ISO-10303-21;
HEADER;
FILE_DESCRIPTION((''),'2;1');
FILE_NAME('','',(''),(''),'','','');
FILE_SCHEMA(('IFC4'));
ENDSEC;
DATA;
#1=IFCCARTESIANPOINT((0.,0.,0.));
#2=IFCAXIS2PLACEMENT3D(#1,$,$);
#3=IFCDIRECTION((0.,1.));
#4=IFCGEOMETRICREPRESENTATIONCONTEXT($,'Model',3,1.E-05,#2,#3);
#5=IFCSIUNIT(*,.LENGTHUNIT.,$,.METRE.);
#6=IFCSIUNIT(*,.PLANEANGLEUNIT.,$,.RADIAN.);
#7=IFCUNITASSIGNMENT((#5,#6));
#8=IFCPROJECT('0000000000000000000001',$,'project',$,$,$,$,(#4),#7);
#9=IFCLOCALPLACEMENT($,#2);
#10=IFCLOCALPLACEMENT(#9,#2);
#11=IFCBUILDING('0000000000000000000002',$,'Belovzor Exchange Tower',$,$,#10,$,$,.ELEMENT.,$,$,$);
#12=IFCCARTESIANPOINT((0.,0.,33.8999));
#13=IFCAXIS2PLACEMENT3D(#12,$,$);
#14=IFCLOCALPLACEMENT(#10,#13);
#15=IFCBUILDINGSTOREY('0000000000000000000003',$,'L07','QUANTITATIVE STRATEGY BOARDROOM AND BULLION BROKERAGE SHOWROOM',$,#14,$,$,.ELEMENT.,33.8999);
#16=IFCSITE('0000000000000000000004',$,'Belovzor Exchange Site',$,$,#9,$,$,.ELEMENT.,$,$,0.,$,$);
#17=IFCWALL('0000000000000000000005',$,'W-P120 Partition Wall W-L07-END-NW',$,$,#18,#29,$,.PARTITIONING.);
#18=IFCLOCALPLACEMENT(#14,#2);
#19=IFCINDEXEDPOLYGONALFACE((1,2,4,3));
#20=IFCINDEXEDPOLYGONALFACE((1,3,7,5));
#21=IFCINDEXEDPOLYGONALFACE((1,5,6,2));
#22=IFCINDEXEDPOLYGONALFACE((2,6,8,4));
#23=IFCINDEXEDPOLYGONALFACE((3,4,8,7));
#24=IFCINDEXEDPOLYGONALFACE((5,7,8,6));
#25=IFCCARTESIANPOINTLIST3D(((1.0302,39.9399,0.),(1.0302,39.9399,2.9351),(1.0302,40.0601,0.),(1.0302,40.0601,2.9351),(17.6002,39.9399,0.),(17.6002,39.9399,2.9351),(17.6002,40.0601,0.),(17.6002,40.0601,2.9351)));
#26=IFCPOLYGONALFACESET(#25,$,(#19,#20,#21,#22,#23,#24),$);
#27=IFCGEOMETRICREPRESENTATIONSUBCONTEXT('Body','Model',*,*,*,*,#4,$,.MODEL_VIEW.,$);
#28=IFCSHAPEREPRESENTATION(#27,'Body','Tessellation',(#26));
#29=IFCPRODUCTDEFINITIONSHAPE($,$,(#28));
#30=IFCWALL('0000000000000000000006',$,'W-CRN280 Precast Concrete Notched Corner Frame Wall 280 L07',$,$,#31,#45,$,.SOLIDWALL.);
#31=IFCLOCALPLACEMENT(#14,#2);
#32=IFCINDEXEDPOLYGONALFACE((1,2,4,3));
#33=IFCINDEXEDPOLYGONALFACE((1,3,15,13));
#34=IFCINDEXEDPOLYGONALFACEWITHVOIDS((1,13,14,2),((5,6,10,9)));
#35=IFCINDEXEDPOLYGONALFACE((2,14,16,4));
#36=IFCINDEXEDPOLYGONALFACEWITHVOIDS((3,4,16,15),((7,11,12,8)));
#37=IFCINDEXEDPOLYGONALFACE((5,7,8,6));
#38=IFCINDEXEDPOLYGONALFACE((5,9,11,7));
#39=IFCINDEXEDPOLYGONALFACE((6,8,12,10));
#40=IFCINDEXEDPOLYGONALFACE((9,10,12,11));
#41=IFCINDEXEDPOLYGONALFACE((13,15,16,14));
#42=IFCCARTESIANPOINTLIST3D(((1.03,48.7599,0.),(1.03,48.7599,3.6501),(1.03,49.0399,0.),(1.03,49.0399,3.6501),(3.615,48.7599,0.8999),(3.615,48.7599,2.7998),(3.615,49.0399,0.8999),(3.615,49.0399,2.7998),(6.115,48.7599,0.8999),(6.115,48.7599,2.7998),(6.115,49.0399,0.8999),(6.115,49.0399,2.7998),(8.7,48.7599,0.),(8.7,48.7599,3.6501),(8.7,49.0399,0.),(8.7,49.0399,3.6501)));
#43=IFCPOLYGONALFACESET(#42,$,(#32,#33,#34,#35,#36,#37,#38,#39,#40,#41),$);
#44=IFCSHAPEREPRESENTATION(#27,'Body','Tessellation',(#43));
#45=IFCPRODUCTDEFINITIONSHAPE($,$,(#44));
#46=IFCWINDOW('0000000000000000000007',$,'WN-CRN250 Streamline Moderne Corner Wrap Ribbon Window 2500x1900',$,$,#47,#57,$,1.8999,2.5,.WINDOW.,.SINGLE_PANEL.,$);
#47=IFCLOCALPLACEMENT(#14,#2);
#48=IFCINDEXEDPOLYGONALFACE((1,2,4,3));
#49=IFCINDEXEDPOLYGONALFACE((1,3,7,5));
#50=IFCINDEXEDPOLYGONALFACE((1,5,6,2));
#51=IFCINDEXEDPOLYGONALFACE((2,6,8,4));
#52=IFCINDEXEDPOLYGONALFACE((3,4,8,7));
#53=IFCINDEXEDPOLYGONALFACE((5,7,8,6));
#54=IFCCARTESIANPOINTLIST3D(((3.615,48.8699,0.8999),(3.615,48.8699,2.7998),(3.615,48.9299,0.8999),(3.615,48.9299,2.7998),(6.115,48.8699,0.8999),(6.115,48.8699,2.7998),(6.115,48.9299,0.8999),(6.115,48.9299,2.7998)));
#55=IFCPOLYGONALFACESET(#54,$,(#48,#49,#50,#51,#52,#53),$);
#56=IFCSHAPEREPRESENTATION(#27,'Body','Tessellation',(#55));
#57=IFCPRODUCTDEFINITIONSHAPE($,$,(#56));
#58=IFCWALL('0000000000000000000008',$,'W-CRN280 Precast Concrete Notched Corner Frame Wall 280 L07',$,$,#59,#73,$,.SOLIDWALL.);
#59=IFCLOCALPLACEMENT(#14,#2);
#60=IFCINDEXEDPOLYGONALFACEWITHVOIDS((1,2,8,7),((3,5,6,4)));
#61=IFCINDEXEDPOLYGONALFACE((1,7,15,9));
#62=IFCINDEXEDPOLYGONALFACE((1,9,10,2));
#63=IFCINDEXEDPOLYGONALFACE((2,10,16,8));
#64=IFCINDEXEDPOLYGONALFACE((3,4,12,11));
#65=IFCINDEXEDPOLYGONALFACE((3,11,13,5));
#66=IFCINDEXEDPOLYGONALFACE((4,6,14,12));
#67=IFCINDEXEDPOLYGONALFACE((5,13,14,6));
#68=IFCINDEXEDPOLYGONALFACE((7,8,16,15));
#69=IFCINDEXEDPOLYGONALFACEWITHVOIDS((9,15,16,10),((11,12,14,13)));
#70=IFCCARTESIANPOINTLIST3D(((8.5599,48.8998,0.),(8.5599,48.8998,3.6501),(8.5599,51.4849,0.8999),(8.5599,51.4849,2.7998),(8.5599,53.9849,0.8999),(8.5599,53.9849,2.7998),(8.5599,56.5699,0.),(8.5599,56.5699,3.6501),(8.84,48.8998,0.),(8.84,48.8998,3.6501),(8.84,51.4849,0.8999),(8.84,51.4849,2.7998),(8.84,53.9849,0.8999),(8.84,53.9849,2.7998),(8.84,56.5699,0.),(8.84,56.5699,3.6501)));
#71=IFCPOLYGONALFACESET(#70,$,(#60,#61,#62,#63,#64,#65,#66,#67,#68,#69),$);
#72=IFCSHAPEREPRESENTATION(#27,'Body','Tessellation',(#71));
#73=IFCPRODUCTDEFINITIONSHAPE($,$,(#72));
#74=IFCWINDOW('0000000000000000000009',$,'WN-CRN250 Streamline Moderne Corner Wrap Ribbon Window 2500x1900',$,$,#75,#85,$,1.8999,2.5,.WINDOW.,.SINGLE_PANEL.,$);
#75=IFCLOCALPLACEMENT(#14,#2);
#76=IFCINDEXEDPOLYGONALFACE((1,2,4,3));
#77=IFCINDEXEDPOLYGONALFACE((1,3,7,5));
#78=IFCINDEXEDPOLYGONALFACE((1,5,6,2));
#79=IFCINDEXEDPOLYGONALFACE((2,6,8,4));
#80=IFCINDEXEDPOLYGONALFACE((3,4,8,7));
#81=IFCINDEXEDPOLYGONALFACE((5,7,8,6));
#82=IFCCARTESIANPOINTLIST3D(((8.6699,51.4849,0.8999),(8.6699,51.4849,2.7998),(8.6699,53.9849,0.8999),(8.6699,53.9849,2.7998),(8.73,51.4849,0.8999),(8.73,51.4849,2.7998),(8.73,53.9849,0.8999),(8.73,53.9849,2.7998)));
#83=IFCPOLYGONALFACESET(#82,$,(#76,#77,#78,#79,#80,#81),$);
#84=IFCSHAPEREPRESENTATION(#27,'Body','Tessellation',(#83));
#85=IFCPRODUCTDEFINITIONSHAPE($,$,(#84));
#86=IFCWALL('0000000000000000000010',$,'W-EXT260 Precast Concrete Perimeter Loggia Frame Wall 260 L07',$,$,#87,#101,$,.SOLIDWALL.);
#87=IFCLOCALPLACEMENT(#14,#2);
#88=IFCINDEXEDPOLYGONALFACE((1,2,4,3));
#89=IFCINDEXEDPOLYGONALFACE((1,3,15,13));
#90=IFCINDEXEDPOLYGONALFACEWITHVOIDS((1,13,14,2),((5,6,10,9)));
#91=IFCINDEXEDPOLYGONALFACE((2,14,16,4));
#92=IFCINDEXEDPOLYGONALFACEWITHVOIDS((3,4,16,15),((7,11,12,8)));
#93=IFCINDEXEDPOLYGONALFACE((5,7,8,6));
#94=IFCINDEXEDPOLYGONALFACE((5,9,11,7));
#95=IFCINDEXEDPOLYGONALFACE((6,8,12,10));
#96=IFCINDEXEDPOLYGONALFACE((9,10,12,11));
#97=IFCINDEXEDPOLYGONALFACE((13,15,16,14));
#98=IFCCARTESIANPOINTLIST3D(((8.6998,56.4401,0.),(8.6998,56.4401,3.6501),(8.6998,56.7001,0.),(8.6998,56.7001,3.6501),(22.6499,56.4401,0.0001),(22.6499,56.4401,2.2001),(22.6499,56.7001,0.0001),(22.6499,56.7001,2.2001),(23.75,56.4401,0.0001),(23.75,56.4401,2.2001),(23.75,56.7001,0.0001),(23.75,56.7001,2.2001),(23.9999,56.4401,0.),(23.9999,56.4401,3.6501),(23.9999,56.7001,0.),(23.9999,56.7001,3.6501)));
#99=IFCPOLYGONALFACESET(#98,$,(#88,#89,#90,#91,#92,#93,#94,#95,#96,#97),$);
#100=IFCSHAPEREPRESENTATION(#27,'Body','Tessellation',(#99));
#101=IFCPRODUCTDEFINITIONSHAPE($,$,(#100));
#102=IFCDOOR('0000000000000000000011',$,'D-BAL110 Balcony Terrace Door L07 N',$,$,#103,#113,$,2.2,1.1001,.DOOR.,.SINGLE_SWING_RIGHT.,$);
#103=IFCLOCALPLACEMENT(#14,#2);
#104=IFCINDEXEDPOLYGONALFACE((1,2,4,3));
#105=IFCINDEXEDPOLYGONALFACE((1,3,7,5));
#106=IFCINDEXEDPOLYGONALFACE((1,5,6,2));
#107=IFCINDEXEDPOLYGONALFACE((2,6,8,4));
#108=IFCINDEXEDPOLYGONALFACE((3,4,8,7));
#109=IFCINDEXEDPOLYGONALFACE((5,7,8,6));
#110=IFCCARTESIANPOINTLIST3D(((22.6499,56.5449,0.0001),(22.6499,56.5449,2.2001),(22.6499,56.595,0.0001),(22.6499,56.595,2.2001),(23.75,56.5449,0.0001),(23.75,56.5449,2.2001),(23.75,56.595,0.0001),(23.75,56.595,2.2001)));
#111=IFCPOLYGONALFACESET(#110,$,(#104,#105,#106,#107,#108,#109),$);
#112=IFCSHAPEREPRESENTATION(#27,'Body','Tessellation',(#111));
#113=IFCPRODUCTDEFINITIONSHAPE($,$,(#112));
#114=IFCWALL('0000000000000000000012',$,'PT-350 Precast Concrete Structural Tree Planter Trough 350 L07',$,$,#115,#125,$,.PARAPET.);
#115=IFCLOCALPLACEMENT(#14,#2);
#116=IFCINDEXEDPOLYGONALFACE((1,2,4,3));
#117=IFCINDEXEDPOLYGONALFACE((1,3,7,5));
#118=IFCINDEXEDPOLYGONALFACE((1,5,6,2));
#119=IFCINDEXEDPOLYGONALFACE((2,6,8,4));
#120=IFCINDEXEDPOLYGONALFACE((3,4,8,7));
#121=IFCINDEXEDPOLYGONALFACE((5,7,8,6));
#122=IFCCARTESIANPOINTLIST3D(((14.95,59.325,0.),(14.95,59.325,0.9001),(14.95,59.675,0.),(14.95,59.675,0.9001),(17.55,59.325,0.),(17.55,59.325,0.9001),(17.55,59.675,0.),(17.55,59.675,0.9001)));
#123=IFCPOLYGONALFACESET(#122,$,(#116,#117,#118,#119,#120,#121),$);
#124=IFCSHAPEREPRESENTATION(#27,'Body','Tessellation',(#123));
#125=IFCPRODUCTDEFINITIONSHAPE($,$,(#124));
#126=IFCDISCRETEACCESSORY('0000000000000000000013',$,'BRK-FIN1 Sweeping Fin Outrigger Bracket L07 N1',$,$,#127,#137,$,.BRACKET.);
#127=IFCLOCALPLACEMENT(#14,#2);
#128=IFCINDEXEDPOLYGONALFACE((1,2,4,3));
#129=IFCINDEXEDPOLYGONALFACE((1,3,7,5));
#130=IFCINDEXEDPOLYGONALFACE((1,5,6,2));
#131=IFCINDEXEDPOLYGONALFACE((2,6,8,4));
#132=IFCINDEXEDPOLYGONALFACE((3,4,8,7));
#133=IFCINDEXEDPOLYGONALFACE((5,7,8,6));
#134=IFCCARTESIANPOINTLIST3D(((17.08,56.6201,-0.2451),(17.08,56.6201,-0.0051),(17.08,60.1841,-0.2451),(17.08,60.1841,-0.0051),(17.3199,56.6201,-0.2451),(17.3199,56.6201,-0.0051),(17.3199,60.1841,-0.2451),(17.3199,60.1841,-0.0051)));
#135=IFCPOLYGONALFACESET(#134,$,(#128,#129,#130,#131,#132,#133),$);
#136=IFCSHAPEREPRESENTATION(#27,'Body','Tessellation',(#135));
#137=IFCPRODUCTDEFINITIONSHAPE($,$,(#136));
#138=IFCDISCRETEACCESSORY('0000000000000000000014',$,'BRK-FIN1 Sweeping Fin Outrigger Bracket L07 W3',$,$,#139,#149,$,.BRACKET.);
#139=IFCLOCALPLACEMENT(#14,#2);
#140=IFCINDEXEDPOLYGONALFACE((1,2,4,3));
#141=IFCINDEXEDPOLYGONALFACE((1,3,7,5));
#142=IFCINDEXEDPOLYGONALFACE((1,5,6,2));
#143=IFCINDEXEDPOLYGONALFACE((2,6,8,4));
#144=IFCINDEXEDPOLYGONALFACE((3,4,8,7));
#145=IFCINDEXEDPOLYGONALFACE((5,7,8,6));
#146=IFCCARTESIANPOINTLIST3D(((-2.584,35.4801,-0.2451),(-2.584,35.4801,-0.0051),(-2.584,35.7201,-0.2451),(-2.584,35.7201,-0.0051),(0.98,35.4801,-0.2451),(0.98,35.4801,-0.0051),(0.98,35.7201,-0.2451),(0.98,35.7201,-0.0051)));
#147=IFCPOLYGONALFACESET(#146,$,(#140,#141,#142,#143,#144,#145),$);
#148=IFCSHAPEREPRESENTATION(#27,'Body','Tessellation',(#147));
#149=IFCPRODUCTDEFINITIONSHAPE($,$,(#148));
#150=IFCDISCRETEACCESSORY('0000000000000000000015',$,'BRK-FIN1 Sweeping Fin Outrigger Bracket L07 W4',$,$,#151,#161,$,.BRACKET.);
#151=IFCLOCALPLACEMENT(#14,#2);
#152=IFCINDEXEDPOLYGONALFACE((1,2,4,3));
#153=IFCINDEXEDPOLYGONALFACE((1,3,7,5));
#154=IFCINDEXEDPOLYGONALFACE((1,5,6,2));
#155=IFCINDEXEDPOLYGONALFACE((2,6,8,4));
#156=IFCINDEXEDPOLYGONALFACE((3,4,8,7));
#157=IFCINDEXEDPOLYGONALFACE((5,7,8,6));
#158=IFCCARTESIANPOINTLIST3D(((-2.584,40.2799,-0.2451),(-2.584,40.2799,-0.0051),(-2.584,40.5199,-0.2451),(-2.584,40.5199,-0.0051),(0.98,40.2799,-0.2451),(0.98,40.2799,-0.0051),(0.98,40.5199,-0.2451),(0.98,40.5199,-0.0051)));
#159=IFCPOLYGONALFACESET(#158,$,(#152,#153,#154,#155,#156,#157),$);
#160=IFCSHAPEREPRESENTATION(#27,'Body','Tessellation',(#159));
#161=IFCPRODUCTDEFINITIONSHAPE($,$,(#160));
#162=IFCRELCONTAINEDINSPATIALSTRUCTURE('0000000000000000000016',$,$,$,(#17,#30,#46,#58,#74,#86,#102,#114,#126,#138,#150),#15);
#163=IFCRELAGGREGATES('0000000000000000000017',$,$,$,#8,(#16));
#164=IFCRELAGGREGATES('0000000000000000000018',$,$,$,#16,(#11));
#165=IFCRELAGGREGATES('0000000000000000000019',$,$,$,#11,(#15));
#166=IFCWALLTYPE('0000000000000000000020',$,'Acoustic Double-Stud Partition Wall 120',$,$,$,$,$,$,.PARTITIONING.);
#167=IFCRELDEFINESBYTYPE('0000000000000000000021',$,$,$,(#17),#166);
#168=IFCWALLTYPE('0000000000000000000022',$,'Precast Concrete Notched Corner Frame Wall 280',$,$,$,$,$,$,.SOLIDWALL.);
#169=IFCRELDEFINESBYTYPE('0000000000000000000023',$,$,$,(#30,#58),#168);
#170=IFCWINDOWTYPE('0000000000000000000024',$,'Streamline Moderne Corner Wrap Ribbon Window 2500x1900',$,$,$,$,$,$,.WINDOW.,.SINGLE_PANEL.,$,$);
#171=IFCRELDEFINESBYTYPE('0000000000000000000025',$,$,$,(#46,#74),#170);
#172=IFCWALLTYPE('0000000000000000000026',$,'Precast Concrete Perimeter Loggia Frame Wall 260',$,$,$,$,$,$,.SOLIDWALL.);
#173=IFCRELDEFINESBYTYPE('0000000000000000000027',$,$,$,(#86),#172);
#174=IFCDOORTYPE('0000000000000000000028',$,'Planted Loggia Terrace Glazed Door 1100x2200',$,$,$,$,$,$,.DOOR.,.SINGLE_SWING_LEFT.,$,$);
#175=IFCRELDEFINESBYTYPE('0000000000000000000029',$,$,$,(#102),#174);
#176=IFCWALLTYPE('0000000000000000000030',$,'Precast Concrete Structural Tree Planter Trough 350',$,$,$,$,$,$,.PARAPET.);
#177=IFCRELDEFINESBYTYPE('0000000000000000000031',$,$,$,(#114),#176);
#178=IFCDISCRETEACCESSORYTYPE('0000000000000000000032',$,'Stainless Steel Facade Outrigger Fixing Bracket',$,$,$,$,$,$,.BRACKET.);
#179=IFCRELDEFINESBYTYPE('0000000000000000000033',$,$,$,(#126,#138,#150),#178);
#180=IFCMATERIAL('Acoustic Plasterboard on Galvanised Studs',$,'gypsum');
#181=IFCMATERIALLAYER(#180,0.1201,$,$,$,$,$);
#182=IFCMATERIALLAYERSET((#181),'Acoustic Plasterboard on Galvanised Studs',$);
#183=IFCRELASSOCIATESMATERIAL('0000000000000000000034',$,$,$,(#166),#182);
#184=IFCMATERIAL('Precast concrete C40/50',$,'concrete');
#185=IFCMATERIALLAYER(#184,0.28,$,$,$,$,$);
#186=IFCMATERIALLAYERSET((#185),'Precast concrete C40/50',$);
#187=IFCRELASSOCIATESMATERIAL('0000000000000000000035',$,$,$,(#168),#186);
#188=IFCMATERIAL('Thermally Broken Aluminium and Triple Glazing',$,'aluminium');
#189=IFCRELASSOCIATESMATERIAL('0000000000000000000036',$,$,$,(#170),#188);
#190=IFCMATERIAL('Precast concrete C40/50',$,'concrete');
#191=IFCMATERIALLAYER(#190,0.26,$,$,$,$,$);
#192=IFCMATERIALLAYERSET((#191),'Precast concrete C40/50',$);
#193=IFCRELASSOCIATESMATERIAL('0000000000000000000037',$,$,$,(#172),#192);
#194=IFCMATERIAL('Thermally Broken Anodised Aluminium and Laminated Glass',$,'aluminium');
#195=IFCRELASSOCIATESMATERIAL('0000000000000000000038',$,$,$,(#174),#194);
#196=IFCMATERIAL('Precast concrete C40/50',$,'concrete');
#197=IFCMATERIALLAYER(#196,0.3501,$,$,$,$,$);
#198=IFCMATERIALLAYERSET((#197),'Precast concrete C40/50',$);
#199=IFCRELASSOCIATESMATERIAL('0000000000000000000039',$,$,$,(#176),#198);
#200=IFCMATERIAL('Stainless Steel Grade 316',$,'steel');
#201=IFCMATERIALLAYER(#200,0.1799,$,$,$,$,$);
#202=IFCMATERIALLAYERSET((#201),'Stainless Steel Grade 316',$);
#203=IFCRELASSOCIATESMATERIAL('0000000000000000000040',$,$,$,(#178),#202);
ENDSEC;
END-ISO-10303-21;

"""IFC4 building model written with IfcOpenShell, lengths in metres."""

from ifc_helpers import new_model, si_unit, direction, frame, frame_2d, origin, origin_2d, place, context, subcontext, project, spatial, rectangle, extrude, material, layer, layer_set, type_object, element, fill, save


model = new_model("IFC4")

# Units and contexts
model_context = context("Model", 3, precision=1e-05, world=origin(), true_north=direction((0.0, 1.0)))
body_context = subcontext(model_context, "Body", "Model", "MODEL_VIEW")
ifc_project = project(units=[si_unit("LENGTHUNIT", "METRE"), si_unit("PLANEANGLEUNIT", "RADIAN")], contexts=[model_context])

# Site, building, storey
site_placement = place(None, origin())
site = spatial("IfcSite", under=ifc_project, at=site_placement, Name="Belovzor Exchange Site", CompositionType="ELEMENT", RefElevation=0.0)
building_placement = place(site_placement, origin())
building = spatial("IfcBuilding", under=site, at=building_placement, Name="Belovzor Exchange Tower", CompositionType="ELEMENT")
storey_placement = place(building_placement, frame((0.0, 0.0, 33.8999)))
storey = spatial("IfcBuildingStorey", under=building, at=storey_placement, Name="L07", Description="QUANTITATIVE STRATEGY BOARDROOM AND BULLION BROKERAGE SHOWROOM", CompositionType="ELEMENT", Elevation=33.8999)

# Wall
ifc_material_1 = material(Name="Acoustic Plasterboard on Galvanised Studs", Category="gypsum")
ifc_layer_1 = layer(ifc_material_1, 0.1201)
ifc_layer_set_1 = layer_set([ifc_layer_1], Name="Acoustic Plasterboard on Galvanised Studs")
wall_type_1 = type_object("IfcWallType", Name="Acoustic Double-Stud Partition Wall 120", PredefinedType="PARTITIONING", material=ifc_layer_set_1)
wall_1_placement = place(storey_placement, frame((1.03, 40.0, 0.0), z_axis=(0.0, 0.0, 1.0), x_axis=(1.0, 0.0, 0.0)))
element("IfcWall", 1, at=wall_1_placement, inside=storey, type_object=wall_type_1, Name="W-P120 Partition Wall W-L07-END-NW", PredefinedType="PARTITIONING", context=body_context, shape_type="SweptSolid", body=[
    extrude(rectangle(XDim=16.5701, YDim=0.1201, at=frame_2d((8.2852, 0.0))), origin(), (0.0, 0.0, 1.0), 2.9351),
])

# Walls, openings, windows
ifc_material_2 = material(Name="Precast concrete C40/50", Category="concrete")
ifc_layer_2 = layer(ifc_material_2, 0.28)
ifc_layer_set_2 = layer_set([ifc_layer_2], Name="Precast concrete C40/50")
wall_type_2 = type_object("IfcWallType", Name="Precast Concrete Notched Corner Frame Wall 280", PredefinedType="SOLIDWALL", material=ifc_layer_set_2)
wall_2_placement = place(storey_placement, frame((1.03, 48.8999, 0.0), z_axis=(0.0, 0.0, 1.0), x_axis=(1.0, 0.0, 0.0)))
wall_2 = element("IfcWall", 2, at=wall_2_placement, inside=storey, type_object=wall_type_2, Name="W-CRN280 Precast Concrete Notched Corner Frame Wall 280 L07", PredefinedType="SOLIDWALL", context=body_context, shape_type="SweptSolid", body=[
    extrude(rectangle(XDim=7.6699, YDim=0.28, at=frame_2d((3.835, 0.0))), origin(), (0.0, 0.0, 1.0), 3.6501),
])
opening_1_placement = place(wall_2_placement, frame((2.585, 0.0, 0.8999)))
opening_1 = element("IfcOpeningElement", 3, at=opening_1_placement, cuts=wall_2, PredefinedType="OPENING", context=body_context, shape_type="SweptSolid", body=[
    extrude(rectangle(XDim=2.5, YDim=1.8999, at=frame_2d((1.25, 0.95))), frame((0.0, 0.1499, 0.0), z_axis=(0.0, -1.0, 0.0), x_axis=(1.0, 0.0, 0.0)), (0.0, 0.0, 1.0), 0.3),
])
ifc_material_3 = material(Name="Thermally Broken Aluminium and Triple Glazing", Category="aluminium")
window_type = type_object("IfcWindowType", Name="Streamline Moderne Corner Wrap Ribbon Window 2500x1900", PartitioningType="SINGLE_PANEL", PredefinedType="WINDOW", material=ifc_material_3)
window_1_placement = place(opening_1_placement, origin())
window_1 = element("IfcWindow", 4, at=window_1_placement, inside=storey, type_object=window_type, Name="WN-CRN250 Streamline Moderne Corner Wrap Ribbon Window 2500x1900", OverallHeight=1.8999, OverallWidth=2.5, PartitioningType="SINGLE_PANEL", PredefinedType="WINDOW", context=body_context, shape_type="SweptSolid", body=[
    extrude(rectangle(XDim=2.5, YDim=1.8999, at=frame_2d((1.25, 0.95))), frame((0.0, 0.03, 0.0), z_axis=(0.0, -1.0, 0.0), x_axis=(1.0, 0.0, 0.0)), (0.0, 0.0, 1.0), 0.0601),
])
fill(opening_1, window_1)
wall_3_placement = place(storey_placement, frame((8.7, 48.8999, 0.0), z_axis=(0.0, 0.0, 1.0), x_axis=(0.0, 1.0, 0.0)))
wall_3 = element("IfcWall", 5, at=wall_3_placement, inside=storey, type_object=wall_type_2, Name="W-CRN280 Precast Concrete Notched Corner Frame Wall 280 L07", PredefinedType="SOLIDWALL", context=body_context, shape_type="SweptSolid", body=[
    extrude(rectangle(XDim=7.6702, YDim=0.28, at=frame_2d((3.835, 0.0))), origin(), (0.0, 0.0, 1.0), 3.6501),
])
opening_2_placement = place(wall_3_placement, frame((2.585, 0.0, 0.8999)))
opening_2 = element("IfcOpeningElement", 6, at=opening_2_placement, cuts=wall_3, PredefinedType="OPENING", context=body_context, shape_type="SweptSolid", body=[
    extrude(rectangle(XDim=2.5, YDim=1.8999, at=frame_2d((1.25, 0.95))), frame((0.0, 0.1499, 0.0), z_axis=(0.0, -1.0, 0.0), x_axis=(1.0, 0.0, 0.0)), (0.0, 0.0, 1.0), 0.3),
])
window_2_placement = place(opening_2_placement, origin())
window_2 = element("IfcWindow", 7, at=window_2_placement, inside=storey, type_object=window_type, Name="WN-CRN250 Streamline Moderne Corner Wrap Ribbon Window 2500x1900", OverallHeight=1.8999, OverallWidth=2.5, PartitioningType="SINGLE_PANEL", PredefinedType="WINDOW", context=body_context, shape_type="SweptSolid", body=[
    extrude(rectangle(XDim=2.5, YDim=1.8999, at=frame_2d((1.25, 0.95))), frame((0.0, 0.03, 0.0), z_axis=(0.0, -1.0, 0.0), x_axis=(1.0, 0.0, 0.0)), (0.0, 0.0, 1.0), 0.0601),
])
fill(opening_2, window_2)

# Wall, opening, door
ifc_material_4 = material(Name="Precast concrete C40/50", Category="concrete")
ifc_layer_3 = layer(ifc_material_4, 0.26)
ifc_layer_set_3 = layer_set([ifc_layer_3], Name="Precast concrete C40/50")
wall_type_3 = type_object("IfcWallType", Name="Precast Concrete Perimeter Loggia Frame Wall 260", PredefinedType="SOLIDWALL", material=ifc_layer_set_3)
wall_4_placement = place(storey_placement, frame((8.7, 56.5701, 0.0), z_axis=(0.0, 0.0, 1.0), x_axis=(1.0, 0.0, 0.0)))
wall_4 = element("IfcWall", 8, at=wall_4_placement, inside=storey, type_object=wall_type_3, Name="W-EXT260 Precast Concrete Perimeter Loggia Frame Wall 260 L07", PredefinedType="SOLIDWALL", context=body_context, shape_type="SweptSolid", body=[
    extrude(rectangle(XDim=15.3, YDim=0.26, at=frame_2d((7.6499, 0.0))), origin(), (0.0, 0.0, 1.0), 3.6501),
])
opening_3_placement = place(wall_4_placement, frame((13.95, 0.0, 0.0)))
opening_3 = element("IfcOpeningElement", 9, at=opening_3_placement, cuts=wall_4, PredefinedType="OPENING", context=body_context, shape_type="SweptSolid", body=[
    extrude(rectangle(XDim=1.1001, YDim=2.2, at=frame_2d((0.55, 1.1001))), frame((0.0, 0.1399, 0.0), z_axis=(0.0, -1.0, 0.0), x_axis=(1.0, 0.0, 0.0)), (0.0, 0.0, 1.0), 0.28),
])
ifc_material_5 = material(Name="Thermally Broken Anodised Aluminium and Laminated Glass", Category="aluminium")
door_type = type_object("IfcDoorType", Name="Planted Loggia Terrace Glazed Door 1100x2200", OperationType="SINGLE_SWING_LEFT", PredefinedType="DOOR", material=ifc_material_5)
door_placement = place(opening_3_placement, origin())
door = element("IfcDoor", 10, at=door_placement, inside=storey, type_object=door_type, Name="D-BAL110 Balcony Terrace Door L07 N", OperationType="SINGLE_SWING_RIGHT", OverallHeight=2.2, OverallWidth=1.1001, PredefinedType="DOOR", context=body_context, shape_type="SweptSolid", body=[
    extrude(rectangle(XDim=1.1001, YDim=2.2, at=frame_2d((0.55, 1.1001))), frame((0.0, 0.0249, 0.0), z_axis=(0.0, -1.0, 0.0), x_axis=(1.0, 0.0, 0.0)), (0.0, 0.0, 1.0), 0.05),
])
fill(opening_3, door)

# Wall
ifc_material_6 = material(Name="Precast concrete C40/50", Category="concrete")
ifc_layer_4 = layer(ifc_material_6, 0.3501)
ifc_layer_set_4 = layer_set([ifc_layer_4], Name="Precast concrete C40/50")
wall_type_4 = type_object("IfcWallType", Name="Precast Concrete Structural Tree Planter Trough 350", PredefinedType="PARAPET", material=ifc_layer_set_4)
wall_5_placement = place(storey_placement, frame((14.95, 59.5, 0.0), z_axis=(0.0, 0.0, 1.0), x_axis=(1.0, 0.0, 0.0)))
element("IfcWall", 11, at=wall_5_placement, inside=storey, type_object=wall_type_4, Name="PT-350 Precast Concrete Structural Tree Planter Trough 350 L07", PredefinedType="PARAPET", context=body_context, shape_type="SweptSolid", body=[
    extrude(rectangle(XDim=2.6001, YDim=0.3501, at=frame_2d((1.3, 0.0))), origin(), (0.0, 0.0, 1.0), 0.9001),
])

# Discrete accessories
ifc_material_7 = material(Name="Stainless Steel Grade 316", Category="steel")
ifc_layer_5 = layer(ifc_material_7, 0.1799)
ifc_layer_set_5 = layer_set([ifc_layer_5], Name="Stainless Steel Grade 316")
discrete_accessory_type = type_object("IfcDiscreteAccessoryType", Name="Stainless Steel Facade Outrigger Fixing Bracket", PredefinedType="BRACKET", material=ifc_layer_set_5)
for number, where, z_axis, x_axis, name in (
    (12, (17.2, 58.4021, -0.2451), (0.0, 0.0, 1.0), (0.0, 1.0, 0.0), "BRK-FIN1 Sweeping Fin Outrigger Bracket L07 N1"),
    (13, (-0.802, 35.6001, -0.2451), (0.0, 0.0, 1.0), (1.0, 0.0, 0.0), "BRK-FIN1 Sweeping Fin Outrigger Bracket L07 W3"),
    (14, (-0.802, 40.3999, -0.2451), (0.0, 0.0, 1.0), (1.0, 0.0, 0.0), "BRK-FIN1 Sweeping Fin Outrigger Bracket L07 W4"),
):
    element("IfcDiscreteAccessory", number, at=place(storey_placement, frame(where, z_axis=z_axis, x_axis=x_axis)), inside=storey, type_object=discrete_accessory_type, Name=name, PredefinedType="BRACKET", context=body_context, shape_type="SweptSolid", body=[
        extrude(rectangle(XDim=3.564, YDim=0.24, at=origin_2d()), origin(), (0.0, 0.0, 1.0), 0.24),
    ])

save(model, "model.ifc")
